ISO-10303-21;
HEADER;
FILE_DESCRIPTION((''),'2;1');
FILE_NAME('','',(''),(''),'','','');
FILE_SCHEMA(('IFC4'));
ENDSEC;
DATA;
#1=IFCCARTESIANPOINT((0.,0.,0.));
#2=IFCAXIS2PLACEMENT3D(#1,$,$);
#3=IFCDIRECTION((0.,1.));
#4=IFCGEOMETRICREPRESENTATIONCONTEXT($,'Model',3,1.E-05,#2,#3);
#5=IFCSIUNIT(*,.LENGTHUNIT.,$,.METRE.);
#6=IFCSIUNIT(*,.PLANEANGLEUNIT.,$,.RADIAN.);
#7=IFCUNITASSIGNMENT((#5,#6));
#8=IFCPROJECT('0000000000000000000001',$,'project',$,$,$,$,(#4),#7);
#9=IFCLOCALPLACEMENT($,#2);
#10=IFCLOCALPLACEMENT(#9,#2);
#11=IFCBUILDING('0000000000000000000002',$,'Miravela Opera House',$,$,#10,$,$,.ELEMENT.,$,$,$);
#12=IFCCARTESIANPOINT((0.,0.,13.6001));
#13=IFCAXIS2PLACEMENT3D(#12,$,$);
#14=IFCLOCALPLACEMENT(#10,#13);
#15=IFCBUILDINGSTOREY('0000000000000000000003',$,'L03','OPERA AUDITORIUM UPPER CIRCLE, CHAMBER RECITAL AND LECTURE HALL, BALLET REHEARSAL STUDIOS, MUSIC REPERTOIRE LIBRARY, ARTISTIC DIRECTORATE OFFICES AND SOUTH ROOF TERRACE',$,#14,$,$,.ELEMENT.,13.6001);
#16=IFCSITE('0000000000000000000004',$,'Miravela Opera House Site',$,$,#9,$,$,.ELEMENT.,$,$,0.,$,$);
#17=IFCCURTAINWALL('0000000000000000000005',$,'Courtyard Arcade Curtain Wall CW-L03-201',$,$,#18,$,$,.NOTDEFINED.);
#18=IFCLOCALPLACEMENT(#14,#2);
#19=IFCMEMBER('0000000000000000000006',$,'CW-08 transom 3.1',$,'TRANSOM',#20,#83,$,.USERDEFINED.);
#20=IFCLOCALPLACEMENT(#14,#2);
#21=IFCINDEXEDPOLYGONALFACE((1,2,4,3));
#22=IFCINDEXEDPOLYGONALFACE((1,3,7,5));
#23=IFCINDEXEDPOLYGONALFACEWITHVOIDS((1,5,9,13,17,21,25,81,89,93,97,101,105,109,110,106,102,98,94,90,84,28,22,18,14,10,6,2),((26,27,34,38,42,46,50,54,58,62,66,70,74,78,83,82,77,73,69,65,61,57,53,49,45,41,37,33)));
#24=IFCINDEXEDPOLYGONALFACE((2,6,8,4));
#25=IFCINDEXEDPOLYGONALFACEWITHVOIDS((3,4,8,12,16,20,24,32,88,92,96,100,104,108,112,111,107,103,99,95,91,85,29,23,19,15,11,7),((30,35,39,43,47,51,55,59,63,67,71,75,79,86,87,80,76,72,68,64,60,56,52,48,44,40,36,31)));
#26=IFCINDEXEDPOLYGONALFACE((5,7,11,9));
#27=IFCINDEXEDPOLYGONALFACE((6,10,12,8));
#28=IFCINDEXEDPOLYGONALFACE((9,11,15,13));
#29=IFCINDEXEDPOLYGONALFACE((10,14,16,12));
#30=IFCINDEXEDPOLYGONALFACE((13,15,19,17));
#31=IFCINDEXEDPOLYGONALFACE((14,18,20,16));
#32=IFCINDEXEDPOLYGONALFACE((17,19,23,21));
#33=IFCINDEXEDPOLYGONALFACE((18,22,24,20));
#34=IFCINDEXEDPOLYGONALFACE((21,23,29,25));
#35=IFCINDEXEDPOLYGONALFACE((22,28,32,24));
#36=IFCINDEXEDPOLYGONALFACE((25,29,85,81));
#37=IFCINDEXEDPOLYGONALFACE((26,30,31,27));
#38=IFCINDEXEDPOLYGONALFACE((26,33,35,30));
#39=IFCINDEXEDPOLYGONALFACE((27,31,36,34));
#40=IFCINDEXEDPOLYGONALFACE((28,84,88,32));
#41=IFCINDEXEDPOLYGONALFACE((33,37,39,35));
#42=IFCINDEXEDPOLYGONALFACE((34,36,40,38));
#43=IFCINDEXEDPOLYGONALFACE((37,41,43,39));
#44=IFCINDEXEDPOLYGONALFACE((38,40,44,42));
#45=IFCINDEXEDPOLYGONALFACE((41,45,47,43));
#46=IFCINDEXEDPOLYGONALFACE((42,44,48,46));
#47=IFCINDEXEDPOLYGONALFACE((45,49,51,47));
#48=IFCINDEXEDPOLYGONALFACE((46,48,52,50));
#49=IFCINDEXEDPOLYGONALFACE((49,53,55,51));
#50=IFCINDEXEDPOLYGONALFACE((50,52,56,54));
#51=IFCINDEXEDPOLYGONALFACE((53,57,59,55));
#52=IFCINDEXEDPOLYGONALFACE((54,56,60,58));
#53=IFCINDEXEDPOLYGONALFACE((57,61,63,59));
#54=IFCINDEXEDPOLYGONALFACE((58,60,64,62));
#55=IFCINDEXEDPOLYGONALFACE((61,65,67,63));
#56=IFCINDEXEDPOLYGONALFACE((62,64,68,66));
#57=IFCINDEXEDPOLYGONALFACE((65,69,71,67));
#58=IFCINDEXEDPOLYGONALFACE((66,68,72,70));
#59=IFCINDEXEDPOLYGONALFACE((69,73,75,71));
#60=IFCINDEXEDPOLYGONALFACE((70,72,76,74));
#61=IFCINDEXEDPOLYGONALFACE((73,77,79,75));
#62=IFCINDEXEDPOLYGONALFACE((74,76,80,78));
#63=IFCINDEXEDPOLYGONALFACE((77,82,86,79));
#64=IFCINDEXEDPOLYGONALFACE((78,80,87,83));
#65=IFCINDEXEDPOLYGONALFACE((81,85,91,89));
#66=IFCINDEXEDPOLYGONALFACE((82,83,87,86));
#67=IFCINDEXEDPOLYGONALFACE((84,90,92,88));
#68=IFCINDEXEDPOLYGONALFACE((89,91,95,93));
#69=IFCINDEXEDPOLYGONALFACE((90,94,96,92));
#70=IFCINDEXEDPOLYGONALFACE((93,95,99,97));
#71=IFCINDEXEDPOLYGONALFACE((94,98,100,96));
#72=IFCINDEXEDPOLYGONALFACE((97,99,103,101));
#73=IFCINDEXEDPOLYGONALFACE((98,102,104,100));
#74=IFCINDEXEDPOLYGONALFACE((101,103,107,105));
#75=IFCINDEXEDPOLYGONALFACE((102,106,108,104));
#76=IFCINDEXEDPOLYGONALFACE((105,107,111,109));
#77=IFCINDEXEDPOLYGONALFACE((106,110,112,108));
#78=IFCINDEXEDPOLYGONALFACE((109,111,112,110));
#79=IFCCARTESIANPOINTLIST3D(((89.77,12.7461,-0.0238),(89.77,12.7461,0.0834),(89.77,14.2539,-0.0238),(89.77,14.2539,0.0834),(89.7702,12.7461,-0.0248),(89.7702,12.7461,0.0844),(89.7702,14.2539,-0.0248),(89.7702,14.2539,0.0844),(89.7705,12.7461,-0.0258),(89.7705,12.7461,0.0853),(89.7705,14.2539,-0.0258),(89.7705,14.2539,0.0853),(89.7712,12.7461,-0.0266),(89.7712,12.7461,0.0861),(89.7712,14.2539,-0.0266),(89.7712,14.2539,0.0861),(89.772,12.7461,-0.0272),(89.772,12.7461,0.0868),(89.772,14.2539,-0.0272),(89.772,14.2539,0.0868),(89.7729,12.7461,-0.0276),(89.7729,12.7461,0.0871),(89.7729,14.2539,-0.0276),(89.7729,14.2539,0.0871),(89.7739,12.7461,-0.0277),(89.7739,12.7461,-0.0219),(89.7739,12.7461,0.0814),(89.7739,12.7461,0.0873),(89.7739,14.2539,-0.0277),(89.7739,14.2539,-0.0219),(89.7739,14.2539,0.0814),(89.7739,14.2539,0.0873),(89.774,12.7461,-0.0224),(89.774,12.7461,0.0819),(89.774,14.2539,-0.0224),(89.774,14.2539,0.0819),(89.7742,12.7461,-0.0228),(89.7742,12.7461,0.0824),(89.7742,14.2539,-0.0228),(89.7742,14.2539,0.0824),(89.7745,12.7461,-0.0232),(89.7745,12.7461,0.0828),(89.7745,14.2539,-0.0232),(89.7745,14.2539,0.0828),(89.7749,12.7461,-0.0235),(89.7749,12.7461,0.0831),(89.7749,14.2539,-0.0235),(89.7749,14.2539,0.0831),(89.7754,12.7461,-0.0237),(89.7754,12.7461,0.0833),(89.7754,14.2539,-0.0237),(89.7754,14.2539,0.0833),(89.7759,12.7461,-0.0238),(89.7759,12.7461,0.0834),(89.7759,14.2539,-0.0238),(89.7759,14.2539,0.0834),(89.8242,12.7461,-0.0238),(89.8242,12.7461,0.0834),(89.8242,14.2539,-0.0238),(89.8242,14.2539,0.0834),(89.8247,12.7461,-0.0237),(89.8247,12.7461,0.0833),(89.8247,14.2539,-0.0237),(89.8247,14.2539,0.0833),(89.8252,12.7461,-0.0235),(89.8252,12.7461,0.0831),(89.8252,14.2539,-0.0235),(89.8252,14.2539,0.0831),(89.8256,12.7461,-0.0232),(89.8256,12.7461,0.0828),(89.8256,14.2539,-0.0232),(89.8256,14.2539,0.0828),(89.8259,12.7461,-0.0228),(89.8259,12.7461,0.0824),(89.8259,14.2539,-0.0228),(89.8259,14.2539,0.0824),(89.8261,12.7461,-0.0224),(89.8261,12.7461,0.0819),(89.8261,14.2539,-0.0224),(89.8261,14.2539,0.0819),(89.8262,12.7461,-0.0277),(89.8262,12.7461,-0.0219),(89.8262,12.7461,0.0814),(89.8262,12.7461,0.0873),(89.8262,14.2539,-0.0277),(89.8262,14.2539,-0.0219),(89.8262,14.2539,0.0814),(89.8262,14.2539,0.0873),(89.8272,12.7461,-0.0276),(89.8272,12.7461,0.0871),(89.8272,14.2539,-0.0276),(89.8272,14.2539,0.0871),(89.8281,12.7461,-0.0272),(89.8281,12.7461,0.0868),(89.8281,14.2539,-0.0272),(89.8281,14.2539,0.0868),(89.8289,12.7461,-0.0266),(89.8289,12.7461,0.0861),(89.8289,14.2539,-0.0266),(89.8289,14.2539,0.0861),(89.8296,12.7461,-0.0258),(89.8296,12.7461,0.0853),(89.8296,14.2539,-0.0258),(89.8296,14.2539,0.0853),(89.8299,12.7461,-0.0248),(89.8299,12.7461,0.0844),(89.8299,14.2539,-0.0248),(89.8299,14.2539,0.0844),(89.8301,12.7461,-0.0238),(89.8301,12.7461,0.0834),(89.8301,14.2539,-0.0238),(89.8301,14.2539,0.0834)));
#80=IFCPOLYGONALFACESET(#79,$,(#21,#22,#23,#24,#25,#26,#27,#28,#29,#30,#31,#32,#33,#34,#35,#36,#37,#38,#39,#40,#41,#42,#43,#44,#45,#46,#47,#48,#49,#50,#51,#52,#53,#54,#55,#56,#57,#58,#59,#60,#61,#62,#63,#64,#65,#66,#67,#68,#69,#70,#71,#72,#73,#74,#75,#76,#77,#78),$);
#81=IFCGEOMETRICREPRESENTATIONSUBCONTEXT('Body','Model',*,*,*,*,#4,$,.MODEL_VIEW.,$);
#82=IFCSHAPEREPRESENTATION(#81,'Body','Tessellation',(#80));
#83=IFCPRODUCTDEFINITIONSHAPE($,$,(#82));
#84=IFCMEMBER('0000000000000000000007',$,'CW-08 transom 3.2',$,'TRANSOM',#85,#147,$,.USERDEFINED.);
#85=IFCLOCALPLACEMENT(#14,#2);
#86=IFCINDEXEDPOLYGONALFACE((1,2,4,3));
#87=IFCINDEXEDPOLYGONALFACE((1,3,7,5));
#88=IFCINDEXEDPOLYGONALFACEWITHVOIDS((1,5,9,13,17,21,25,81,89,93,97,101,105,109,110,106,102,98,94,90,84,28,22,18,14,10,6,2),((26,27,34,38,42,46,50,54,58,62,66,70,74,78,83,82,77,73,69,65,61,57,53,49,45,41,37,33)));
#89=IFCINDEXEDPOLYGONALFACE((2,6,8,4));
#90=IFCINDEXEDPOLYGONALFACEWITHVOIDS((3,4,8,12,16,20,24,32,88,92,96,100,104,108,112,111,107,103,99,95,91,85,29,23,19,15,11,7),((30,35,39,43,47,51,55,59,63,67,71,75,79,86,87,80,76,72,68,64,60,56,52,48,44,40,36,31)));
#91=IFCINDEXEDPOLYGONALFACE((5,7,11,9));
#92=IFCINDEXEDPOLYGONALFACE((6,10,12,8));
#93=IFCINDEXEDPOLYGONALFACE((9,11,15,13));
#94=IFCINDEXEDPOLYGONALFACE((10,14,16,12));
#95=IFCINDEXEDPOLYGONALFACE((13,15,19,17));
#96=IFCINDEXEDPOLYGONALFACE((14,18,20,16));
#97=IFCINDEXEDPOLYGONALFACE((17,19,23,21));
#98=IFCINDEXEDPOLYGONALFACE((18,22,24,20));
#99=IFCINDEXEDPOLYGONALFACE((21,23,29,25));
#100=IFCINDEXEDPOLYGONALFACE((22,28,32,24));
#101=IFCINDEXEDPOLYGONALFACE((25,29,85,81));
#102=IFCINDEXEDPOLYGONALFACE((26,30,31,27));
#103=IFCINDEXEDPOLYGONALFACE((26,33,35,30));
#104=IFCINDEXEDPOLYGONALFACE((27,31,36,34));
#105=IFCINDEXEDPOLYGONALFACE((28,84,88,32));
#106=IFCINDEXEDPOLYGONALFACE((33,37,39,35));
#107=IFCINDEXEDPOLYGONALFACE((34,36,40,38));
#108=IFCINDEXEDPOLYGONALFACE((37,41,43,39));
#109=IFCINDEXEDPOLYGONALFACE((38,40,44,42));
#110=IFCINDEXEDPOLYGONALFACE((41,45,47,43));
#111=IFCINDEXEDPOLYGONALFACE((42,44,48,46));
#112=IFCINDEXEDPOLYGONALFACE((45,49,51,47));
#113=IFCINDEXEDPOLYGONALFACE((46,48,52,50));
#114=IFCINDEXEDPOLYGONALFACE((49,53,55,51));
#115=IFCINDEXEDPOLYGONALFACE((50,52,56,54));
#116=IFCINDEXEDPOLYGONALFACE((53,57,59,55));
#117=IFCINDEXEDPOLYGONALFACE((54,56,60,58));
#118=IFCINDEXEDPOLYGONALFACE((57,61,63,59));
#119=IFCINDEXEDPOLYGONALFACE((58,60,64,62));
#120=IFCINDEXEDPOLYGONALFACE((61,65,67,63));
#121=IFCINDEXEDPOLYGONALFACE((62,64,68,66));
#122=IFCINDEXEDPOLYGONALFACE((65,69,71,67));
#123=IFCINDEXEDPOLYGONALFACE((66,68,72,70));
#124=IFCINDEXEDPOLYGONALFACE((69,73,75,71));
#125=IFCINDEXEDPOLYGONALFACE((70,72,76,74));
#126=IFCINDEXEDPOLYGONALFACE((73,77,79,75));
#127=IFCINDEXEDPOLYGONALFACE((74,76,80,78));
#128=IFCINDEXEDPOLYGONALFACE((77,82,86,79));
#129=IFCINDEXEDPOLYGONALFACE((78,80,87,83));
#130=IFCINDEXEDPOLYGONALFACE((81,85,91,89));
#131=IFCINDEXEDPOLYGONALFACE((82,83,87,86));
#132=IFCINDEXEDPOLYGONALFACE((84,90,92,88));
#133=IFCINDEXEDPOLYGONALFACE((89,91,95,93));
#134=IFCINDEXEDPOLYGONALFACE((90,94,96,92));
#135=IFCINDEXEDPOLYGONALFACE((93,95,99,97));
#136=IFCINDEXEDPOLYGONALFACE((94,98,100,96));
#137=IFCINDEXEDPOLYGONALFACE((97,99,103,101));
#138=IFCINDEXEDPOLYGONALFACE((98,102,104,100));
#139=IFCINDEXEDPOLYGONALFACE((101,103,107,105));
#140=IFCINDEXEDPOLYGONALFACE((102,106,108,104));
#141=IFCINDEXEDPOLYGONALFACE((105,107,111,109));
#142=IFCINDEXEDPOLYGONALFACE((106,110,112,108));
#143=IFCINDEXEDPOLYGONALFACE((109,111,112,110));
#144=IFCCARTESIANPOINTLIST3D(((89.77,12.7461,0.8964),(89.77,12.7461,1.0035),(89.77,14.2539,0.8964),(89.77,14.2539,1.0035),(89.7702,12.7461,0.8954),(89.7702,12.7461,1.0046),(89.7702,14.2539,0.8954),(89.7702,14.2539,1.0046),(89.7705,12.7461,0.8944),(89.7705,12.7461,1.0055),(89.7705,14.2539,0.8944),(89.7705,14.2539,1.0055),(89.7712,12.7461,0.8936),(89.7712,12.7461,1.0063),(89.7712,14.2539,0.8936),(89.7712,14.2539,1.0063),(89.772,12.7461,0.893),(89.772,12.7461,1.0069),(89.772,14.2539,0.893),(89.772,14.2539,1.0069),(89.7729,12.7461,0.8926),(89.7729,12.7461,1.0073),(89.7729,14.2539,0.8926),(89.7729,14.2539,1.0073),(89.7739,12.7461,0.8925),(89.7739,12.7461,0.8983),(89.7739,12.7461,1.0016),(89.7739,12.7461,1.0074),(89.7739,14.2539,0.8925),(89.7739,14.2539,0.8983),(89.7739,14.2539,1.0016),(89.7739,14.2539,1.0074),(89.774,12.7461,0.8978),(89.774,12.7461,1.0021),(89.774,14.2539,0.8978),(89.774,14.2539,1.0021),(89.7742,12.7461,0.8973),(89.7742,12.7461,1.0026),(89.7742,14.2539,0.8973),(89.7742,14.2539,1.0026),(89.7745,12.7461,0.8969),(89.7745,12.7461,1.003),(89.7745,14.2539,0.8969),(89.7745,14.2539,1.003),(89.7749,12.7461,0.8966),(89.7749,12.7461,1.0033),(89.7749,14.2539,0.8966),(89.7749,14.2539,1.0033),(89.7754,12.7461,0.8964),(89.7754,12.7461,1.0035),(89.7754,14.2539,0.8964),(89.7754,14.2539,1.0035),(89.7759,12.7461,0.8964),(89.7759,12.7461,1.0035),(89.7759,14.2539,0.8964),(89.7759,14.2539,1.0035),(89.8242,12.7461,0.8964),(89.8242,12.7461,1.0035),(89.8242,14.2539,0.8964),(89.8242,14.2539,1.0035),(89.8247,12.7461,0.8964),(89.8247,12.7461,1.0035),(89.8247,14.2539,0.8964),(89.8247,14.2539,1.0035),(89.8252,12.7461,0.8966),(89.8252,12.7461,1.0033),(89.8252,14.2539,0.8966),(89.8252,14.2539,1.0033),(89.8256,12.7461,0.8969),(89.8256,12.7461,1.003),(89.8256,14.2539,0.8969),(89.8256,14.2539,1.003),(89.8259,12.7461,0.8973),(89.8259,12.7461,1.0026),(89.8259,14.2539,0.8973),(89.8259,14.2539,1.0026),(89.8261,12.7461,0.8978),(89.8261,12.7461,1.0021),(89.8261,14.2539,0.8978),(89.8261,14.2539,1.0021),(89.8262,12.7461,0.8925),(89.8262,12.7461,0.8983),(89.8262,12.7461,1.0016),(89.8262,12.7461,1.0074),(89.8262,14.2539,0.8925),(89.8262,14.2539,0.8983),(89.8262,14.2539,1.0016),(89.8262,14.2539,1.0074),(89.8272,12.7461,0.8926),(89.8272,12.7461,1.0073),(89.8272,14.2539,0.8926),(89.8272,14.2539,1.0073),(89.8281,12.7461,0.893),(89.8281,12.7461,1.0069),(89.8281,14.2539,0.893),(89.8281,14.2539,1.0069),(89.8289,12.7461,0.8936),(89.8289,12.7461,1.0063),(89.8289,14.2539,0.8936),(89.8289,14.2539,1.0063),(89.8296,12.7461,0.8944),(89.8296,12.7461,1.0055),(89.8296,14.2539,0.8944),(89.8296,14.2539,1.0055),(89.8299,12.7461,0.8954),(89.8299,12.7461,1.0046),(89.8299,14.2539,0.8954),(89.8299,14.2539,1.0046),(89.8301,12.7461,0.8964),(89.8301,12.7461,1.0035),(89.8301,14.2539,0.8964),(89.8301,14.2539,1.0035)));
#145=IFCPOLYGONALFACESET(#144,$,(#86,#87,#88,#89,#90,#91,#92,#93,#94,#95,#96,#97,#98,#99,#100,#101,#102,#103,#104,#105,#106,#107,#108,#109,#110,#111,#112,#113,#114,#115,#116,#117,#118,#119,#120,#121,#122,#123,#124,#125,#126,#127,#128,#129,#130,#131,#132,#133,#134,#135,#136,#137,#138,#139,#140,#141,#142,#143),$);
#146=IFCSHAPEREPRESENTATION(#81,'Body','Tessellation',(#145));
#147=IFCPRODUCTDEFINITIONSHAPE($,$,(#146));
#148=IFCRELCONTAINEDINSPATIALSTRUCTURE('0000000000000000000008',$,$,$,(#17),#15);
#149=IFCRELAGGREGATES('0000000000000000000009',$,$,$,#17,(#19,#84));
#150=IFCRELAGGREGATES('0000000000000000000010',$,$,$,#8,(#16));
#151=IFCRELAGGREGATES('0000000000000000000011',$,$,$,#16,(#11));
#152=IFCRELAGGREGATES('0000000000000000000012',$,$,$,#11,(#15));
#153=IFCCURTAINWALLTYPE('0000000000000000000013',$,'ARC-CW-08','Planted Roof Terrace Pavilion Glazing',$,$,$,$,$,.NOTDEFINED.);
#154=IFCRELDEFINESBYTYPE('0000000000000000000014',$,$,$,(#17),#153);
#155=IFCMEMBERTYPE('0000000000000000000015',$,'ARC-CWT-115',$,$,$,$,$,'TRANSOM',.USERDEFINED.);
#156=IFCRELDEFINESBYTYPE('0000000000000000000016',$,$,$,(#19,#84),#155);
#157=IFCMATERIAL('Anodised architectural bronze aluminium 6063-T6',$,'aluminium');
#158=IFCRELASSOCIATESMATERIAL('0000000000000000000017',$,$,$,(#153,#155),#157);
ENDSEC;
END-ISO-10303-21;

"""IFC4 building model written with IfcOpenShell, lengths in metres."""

from ifc_helpers import new_model, si_unit, direction, frame, origin, origin_2d, place, context, subcontext, project, spatial, hollow_rectangle, extrude, material, material_profile, profile_set, type_object, element, aggregate, save


model = new_model("IFC4")

# Units and contexts
model_context = context("Model", 3, precision=1e-05, world=origin(), true_north=direction((0.0, 1.0)))
body_context = subcontext(model_context, "Body", "Model", "MODEL_VIEW")
ifc_project = project(units=[si_unit("LENGTHUNIT", "METRE"), si_unit("PLANEANGLEUNIT", "RADIAN")], contexts=[model_context])

# Site, building, storey
site_placement = place(None, origin())
site = spatial("IfcSite", under=ifc_project, at=site_placement, Name="Miravela Opera House Site", CompositionType="ELEMENT", RefElevation=0.0)
building_placement = place(site_placement, origin())
building = spatial("IfcBuilding", under=site, at=building_placement, Name="Miravela Opera House", CompositionType="ELEMENT")
storey_placement = place(building_placement, frame((0.0, 0.0, 13.6001)))
storey = spatial("IfcBuildingStorey", under=building, at=storey_placement, Name="L03", Description="OPERA AUDITORIUM UPPER CIRCLE, CHAMBER RECITAL AND LECTURE HALL, BALLET REHEARSAL STUDIOS, MUSIC REPERTOIRE LIBRARY, ARTISTIC DIRECTORATE OFFICES AND SOUTH ROOF TERRACE", CompositionType="ELEMENT", Elevation=13.6001)

# Curtain wall, members
ifc_material_1 = material(Name="Anodised architectural bronze aluminium 6063-T6", Category="aluminium")
curtain_wall_type = type_object("IfcCurtainWallType", Name="ARC-CW-08", Description="Planted Roof Terrace Pavilion Glazing", PredefinedType="NOTDEFINED", material=ifc_material_1)
curtain_wall_placement = place(storey_placement, origin())
curtain_wall = element("IfcCurtainWall", 1, at=curtain_wall_placement, inside=storey, type_object=curtain_wall_type, Name="Courtyard Arcade Curtain Wall CW-L03-201", PredefinedType="NOTDEFINED")
ifc_material_profile_1 = material_profile(ifc_material_1, hollow_rectangle(XDim=0.0601, YDim=0.115, WallThickness=0.0039, InnerFilletRadius=0.002, OuterFilletRadius=0.0039, at=origin_2d()), Name="CWT-60X115")
ifc_profile_set_1 = profile_set([ifc_material_profile_1])
member_type_1 = type_object("IfcMemberType", Name="ARC-CWT-115", ElementType="TRANSOM", PredefinedType="USERDEFINED", material=ifc_profile_set_1)
member_1_placement = place(storey_placement, frame((89.8, 12.7461, 0.0298), z_axis=(0.0, 1.0, 0.0), x_axis=(-1.0, 0.0, 0.0)))
member_1 = element("IfcMember", 2, at=member_1_placement, type_object=member_type_1, Name="CW-08 transom 3.1", ObjectType="TRANSOM", PredefinedType="USERDEFINED", context=body_context, shape_type="SweptSolid", body=[
    extrude(hollow_rectangle(XDim=0.0601, YDim=0.115, WallThickness=0.0039, InnerFilletRadius=0.002, OuterFilletRadius=0.0039, at=origin_2d()), origin(), (0.0, 0.0, 1.0), 1.5078),
])
member_2_placement = place(storey_placement, frame((89.8, 12.7461, 0.95), z_axis=(0.0, 1.0, 0.0), x_axis=(-1.0, 0.0, 0.0)))
member_2 = element("IfcMember", 3, at=member_2_placement, type_object=member_type_1, Name="CW-08 transom 3.2", ObjectType="TRANSOM", PredefinedType="USERDEFINED", context=body_context, shape_type="SweptSolid", body=[
    extrude(hollow_rectangle(XDim=0.0601, YDim=0.115, WallThickness=0.0039, InnerFilletRadius=0.002, OuterFilletRadius=0.0039, at=origin_2d()), origin(), (0.0, 0.0, 1.0), 1.5078),
])

aggregate(curtain_wall, [member_1, member_2])

save(model, "model.ifc")
